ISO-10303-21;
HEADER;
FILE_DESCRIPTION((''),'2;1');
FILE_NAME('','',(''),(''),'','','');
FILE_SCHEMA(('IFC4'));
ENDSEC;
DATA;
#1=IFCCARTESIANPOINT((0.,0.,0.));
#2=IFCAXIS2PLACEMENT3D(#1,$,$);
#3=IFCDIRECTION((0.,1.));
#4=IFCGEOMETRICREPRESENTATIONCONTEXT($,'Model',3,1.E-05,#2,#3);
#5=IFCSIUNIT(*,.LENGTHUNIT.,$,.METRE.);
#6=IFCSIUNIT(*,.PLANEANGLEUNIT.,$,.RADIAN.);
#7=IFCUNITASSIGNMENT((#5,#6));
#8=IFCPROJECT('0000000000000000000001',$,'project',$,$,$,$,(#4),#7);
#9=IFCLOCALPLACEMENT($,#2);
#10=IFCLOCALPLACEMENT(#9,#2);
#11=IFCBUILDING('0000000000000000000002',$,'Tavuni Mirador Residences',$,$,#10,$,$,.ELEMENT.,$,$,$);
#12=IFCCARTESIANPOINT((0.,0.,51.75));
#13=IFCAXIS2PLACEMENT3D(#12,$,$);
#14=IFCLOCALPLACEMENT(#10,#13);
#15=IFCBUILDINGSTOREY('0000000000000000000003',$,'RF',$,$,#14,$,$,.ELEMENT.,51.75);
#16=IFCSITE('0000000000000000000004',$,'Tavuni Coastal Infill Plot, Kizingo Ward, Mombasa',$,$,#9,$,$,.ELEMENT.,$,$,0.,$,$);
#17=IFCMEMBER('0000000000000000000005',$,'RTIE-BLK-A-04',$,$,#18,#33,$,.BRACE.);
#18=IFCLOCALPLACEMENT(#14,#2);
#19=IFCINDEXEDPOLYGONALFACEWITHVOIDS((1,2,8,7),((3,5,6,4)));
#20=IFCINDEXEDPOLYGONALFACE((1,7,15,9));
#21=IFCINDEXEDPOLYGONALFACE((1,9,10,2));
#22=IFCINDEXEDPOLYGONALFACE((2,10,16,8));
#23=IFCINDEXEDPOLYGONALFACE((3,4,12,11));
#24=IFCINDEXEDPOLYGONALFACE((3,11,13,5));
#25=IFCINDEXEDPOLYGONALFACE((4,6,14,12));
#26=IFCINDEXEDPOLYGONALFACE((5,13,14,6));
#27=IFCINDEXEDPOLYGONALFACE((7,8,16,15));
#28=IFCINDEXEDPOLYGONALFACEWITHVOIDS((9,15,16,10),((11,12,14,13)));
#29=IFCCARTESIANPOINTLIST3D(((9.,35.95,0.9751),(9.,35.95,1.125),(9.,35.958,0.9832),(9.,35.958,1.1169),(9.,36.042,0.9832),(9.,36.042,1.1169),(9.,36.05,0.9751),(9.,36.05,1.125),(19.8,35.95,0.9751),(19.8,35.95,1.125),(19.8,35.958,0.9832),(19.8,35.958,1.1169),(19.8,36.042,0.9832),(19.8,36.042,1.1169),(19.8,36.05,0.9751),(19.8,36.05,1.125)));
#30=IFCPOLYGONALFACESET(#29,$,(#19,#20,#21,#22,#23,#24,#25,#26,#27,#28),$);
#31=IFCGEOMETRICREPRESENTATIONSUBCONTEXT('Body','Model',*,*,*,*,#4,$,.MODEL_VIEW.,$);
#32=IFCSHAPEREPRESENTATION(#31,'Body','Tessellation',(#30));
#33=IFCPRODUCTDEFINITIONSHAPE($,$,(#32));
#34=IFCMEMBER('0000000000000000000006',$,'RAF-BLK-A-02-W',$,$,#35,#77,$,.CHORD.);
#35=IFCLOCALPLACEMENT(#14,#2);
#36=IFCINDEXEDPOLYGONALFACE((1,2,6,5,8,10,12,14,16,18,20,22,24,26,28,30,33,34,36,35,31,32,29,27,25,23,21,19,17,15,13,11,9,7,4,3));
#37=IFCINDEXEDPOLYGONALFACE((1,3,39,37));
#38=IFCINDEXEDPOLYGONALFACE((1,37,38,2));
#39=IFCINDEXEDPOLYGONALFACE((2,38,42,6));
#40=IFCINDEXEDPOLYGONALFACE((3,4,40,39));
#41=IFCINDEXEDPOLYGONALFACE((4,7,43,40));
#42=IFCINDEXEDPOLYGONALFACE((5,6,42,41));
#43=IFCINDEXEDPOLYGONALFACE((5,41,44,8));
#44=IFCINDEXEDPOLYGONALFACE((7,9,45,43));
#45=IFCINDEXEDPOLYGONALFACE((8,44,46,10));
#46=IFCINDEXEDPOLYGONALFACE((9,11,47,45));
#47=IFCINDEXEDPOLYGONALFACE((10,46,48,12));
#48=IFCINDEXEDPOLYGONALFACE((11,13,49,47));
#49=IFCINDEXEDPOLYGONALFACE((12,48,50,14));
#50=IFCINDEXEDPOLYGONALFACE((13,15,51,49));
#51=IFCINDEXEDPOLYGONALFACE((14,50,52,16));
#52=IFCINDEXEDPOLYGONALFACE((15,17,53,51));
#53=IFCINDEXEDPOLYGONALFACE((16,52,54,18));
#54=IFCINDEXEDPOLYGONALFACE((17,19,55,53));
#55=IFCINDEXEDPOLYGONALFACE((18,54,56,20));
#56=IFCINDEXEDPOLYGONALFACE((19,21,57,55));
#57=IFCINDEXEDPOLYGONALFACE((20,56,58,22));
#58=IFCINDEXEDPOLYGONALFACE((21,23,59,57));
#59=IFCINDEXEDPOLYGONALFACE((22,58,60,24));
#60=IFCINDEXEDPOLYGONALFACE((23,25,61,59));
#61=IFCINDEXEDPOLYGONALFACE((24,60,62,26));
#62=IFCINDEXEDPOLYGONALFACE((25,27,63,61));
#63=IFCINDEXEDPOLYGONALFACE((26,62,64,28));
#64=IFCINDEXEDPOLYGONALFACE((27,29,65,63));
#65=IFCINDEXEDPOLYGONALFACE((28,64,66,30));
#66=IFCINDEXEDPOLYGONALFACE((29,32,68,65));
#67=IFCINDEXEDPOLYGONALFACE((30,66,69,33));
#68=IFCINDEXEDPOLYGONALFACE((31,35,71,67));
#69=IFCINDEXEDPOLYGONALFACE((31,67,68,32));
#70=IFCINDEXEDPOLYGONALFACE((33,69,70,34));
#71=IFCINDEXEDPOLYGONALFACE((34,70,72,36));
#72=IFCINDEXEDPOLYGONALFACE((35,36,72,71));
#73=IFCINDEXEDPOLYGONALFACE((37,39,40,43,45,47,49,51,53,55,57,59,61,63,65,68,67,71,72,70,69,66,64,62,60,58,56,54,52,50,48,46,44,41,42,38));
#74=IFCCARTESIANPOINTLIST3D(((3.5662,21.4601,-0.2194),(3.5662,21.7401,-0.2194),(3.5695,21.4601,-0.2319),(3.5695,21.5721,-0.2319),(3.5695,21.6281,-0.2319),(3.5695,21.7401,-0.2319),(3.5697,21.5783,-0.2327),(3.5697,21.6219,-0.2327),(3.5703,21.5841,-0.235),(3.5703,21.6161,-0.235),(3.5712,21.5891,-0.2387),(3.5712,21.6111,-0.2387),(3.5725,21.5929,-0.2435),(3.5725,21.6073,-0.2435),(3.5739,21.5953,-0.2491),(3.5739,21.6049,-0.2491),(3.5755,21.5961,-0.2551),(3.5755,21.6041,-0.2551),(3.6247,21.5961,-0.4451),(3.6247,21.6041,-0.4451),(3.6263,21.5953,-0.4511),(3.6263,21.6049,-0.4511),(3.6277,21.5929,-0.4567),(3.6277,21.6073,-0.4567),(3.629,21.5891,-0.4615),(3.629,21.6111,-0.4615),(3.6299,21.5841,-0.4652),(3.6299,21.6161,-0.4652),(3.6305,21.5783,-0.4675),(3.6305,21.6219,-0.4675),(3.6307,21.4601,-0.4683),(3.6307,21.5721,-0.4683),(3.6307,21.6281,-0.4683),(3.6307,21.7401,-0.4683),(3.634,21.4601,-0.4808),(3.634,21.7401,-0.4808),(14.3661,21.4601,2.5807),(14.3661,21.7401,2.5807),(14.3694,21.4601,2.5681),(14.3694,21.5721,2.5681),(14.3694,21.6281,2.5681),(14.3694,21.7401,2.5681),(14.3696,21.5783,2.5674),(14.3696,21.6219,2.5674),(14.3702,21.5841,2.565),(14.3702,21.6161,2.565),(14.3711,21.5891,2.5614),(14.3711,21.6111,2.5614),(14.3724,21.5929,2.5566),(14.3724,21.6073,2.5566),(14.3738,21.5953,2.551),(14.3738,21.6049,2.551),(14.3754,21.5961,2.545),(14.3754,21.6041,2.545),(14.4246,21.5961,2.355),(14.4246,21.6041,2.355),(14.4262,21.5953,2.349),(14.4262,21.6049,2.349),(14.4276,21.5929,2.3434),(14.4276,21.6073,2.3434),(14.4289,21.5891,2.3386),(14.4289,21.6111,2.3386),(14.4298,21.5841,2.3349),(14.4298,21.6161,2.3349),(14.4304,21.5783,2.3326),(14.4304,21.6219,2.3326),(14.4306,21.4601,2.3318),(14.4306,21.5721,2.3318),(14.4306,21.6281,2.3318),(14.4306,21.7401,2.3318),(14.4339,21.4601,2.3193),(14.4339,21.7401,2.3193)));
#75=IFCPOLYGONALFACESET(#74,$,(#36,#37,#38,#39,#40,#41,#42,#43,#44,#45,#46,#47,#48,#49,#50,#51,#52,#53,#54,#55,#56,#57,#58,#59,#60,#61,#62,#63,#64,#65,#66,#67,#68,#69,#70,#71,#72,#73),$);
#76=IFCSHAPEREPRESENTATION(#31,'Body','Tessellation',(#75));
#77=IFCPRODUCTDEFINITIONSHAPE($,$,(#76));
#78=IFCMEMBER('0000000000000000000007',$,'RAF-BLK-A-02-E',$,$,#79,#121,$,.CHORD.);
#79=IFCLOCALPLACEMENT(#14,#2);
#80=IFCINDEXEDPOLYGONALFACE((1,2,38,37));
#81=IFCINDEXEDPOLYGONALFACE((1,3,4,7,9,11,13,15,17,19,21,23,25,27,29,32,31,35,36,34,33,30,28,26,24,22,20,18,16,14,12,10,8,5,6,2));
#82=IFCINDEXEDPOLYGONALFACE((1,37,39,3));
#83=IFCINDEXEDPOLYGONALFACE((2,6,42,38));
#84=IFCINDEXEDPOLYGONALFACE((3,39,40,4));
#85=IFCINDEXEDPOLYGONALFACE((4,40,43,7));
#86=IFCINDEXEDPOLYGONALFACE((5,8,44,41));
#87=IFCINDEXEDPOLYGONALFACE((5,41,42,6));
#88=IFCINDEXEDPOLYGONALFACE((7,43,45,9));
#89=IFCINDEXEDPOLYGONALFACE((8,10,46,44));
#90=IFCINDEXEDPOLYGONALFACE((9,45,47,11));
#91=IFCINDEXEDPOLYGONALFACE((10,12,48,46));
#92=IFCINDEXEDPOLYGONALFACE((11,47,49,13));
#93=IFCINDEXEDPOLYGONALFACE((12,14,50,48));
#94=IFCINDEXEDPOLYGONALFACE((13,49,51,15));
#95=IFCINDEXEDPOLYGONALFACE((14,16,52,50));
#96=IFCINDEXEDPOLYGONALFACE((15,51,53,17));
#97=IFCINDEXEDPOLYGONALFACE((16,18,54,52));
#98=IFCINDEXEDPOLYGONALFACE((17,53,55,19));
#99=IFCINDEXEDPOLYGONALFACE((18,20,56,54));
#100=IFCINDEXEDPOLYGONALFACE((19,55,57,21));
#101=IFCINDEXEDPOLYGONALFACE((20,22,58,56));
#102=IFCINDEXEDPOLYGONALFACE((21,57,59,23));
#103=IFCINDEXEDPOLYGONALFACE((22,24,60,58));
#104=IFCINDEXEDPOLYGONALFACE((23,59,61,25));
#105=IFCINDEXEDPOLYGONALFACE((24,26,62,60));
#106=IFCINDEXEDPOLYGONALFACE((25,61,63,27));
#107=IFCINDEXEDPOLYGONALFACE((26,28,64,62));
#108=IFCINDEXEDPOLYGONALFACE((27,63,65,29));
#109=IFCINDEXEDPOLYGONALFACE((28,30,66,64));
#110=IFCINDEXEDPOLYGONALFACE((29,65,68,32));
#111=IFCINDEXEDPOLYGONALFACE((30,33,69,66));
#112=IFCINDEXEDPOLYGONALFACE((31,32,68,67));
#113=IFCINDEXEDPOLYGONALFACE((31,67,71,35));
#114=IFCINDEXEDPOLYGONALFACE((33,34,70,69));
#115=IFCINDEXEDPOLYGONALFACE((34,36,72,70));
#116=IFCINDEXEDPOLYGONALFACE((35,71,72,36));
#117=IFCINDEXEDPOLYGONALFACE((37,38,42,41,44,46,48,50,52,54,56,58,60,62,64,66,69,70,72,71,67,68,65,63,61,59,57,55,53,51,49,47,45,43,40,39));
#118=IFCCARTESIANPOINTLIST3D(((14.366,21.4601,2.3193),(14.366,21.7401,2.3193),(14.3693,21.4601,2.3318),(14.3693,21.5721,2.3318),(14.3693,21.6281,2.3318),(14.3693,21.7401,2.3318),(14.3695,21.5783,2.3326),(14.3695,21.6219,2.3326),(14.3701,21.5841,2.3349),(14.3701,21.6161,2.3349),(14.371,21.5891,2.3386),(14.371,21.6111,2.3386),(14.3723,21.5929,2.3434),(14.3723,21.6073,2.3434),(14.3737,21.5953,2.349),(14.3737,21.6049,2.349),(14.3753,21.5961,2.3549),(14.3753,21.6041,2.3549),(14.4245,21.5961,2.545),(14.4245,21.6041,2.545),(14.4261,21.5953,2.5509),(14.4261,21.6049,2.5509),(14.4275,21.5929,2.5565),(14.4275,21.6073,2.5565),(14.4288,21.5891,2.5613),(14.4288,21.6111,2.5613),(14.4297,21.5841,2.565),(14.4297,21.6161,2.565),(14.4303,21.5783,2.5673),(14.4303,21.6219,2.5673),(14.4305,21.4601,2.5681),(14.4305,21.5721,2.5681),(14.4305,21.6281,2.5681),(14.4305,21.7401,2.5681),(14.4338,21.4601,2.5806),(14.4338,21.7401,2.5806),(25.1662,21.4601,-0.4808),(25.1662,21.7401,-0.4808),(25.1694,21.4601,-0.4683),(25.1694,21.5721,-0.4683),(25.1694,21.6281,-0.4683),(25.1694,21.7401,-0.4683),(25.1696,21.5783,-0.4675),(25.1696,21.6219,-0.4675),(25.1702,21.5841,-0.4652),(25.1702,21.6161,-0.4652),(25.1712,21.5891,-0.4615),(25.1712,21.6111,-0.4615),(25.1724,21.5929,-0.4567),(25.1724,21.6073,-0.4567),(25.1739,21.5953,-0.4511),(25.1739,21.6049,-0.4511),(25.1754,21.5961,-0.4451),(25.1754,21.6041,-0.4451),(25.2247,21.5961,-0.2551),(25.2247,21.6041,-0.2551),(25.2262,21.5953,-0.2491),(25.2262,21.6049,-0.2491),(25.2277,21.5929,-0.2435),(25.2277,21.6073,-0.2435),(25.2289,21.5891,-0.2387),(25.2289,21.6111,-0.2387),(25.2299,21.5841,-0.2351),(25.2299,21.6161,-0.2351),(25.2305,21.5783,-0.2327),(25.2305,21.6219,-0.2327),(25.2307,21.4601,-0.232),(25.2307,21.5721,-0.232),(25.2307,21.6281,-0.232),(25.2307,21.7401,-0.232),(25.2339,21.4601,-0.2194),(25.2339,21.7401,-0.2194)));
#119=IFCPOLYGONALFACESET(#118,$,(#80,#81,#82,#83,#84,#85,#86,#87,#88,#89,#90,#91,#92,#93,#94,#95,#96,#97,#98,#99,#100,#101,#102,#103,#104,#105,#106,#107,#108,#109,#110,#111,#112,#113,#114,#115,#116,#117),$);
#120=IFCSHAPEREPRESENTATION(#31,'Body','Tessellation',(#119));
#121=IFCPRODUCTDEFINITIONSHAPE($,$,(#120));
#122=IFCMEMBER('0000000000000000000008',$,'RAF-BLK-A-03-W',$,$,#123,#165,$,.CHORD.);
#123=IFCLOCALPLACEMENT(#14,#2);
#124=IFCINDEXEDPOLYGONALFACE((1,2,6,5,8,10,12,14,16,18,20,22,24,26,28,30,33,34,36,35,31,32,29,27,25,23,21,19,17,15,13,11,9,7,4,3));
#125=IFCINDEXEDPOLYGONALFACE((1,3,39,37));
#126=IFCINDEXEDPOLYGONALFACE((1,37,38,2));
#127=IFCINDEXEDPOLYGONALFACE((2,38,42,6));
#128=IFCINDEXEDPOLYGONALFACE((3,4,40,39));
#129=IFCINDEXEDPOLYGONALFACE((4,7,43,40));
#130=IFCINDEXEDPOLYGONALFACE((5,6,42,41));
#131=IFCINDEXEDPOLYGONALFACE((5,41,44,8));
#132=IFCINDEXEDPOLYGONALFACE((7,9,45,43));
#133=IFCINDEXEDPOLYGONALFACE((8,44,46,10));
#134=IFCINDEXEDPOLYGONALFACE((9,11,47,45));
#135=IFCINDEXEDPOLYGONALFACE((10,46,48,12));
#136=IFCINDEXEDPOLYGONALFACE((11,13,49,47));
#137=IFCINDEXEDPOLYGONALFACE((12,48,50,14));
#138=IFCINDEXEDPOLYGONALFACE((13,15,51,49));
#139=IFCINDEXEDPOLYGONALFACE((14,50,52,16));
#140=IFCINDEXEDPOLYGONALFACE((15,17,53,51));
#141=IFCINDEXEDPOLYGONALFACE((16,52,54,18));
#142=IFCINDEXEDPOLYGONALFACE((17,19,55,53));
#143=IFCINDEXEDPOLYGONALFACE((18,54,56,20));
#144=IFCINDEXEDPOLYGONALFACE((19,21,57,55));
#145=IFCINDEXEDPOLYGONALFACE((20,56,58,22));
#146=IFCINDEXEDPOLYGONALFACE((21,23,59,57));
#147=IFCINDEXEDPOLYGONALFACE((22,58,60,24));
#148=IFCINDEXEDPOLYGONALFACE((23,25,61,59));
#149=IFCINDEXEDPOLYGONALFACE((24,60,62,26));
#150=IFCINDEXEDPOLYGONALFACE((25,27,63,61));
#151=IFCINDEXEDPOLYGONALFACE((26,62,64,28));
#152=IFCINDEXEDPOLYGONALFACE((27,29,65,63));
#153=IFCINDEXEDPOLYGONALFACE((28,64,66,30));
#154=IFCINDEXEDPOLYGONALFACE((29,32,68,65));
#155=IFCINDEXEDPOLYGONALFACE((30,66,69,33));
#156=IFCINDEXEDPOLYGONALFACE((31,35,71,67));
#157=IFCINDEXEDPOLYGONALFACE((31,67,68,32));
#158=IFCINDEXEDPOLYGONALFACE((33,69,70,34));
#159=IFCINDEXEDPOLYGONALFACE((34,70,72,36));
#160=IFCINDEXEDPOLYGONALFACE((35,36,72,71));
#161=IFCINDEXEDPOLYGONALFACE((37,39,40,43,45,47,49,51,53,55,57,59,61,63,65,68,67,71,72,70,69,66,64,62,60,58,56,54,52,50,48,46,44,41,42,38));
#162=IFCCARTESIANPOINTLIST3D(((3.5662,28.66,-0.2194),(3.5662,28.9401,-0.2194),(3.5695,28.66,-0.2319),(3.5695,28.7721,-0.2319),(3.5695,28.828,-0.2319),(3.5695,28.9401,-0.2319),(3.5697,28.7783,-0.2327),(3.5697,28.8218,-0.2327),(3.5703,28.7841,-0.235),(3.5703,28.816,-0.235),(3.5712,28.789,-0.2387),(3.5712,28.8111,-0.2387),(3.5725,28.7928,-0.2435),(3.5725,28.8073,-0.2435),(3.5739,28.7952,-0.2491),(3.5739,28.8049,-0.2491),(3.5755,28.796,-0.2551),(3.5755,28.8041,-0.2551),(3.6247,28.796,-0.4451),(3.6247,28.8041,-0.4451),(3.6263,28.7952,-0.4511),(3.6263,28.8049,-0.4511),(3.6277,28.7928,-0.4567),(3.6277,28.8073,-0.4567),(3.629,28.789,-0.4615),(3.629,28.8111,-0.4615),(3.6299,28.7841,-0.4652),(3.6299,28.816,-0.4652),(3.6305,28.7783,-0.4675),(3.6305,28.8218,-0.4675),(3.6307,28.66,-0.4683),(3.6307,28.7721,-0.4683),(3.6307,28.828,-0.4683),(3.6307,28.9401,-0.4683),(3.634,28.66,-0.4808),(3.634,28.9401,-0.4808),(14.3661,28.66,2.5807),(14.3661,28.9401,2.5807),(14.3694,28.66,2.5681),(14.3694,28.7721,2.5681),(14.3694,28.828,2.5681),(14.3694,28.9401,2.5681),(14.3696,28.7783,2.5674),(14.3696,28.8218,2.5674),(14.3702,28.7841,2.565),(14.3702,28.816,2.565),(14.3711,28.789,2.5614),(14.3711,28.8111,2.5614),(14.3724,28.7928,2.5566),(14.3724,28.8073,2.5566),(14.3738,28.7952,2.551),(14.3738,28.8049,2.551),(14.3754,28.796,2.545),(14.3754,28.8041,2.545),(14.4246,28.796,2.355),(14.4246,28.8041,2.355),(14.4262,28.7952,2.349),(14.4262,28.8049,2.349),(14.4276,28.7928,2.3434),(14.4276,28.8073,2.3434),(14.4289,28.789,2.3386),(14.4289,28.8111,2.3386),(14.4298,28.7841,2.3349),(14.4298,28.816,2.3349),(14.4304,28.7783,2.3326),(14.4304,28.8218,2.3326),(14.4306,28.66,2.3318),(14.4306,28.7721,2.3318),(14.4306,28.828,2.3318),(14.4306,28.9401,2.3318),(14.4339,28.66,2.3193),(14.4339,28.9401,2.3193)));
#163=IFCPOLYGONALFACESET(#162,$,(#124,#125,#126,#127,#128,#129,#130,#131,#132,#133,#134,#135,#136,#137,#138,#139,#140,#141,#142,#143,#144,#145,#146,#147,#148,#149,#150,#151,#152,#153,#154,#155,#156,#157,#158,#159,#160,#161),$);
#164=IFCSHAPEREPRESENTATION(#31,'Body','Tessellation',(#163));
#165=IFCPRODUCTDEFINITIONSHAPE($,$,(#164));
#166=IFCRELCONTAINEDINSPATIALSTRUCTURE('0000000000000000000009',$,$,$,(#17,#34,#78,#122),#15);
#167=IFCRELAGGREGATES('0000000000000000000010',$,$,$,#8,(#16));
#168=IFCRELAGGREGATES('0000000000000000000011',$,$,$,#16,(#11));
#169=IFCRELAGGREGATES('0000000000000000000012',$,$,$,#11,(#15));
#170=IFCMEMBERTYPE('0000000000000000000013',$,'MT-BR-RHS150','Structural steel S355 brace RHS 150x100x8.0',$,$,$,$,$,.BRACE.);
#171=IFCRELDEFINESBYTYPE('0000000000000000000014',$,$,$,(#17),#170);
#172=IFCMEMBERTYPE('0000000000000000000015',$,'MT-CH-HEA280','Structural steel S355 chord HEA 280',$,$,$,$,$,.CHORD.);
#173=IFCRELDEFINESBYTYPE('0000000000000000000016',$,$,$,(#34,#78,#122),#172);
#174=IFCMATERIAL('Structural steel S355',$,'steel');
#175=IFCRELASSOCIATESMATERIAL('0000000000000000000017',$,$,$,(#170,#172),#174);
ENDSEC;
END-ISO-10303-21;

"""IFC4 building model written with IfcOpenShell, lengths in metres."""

from ifc_helpers import new_model, si_unit, direction, frame, origin, origin_2d, place, context, subcontext, project, spatial, hollow_rectangle, i_section, extrude, material, material_profile, profile_set, type_object, element, save


model = new_model("IFC4")

# Units and contexts
model_context = context("Model", 3, precision=1e-05, world=origin(), true_north=direction((0.0, 1.0)))
body_context = subcontext(model_context, "Body", "Model", "MODEL_VIEW")
ifc_project = project(units=[si_unit("LENGTHUNIT", "METRE"), si_unit("PLANEANGLEUNIT", "RADIAN")], contexts=[model_context])

# Site, building, storey
site_placement = place(None, origin())
site = spatial("IfcSite", under=ifc_project, at=site_placement, Name="Tavuni Coastal Infill Plot, Kizingo Ward, Mombasa", CompositionType="ELEMENT", RefElevation=0.0)
building_placement = place(site_placement, origin())
building = spatial("IfcBuilding", under=site, at=building_placement, Name="Tavuni Mirador Residences", CompositionType="ELEMENT")
storey_placement = place(building_placement, frame((0.0, 0.0, 51.75)))
storey = spatial("IfcBuildingStorey", under=building, at=storey_placement, Name="RF", CompositionType="ELEMENT", Elevation=51.75)

# Members
ifc_material_1 = material(Name="Structural steel S355", Category="steel")
ifc_material_profile_1 = material_profile(ifc_material_1, hollow_rectangle(XDim=0.1001, YDim=0.1499, WallThickness=0.0081, at=origin_2d()), Name="RHS 150x100x8.0", Category="steel")
ifc_profile_set_1 = profile_set([ifc_material_profile_1], Name="Structural steel S355")
member_type_1 = type_object("IfcMemberType", Name="MT-BR-RHS150", Description="Structural steel S355 brace RHS 150x100x8.0", PredefinedType="BRACE", material=ifc_profile_set_1)
for number, where, z_axis, x_axis, name in (
    (1, (9.0, 36.0, 1.05), (1.0, 0.0, 0.0), (0.0, 1.0, 0.0), "RTIE-BLK-A-04"),
):
    element("IfcMember", number, at=place(storey_placement, frame(where, z_axis=z_axis, x_axis=x_axis)), inside=storey, type_object=member_type_1, Name=name, PredefinedType="BRACE", context=body_context, shape_type="SweptSolid", body=[
        extrude(hollow_rectangle(XDim=0.1001, YDim=0.1499, WallThickness=0.0081, at=origin_2d()), origin(), (0.0, 0.0, 1.0), 10.8),
    ])
ifc_material_profile_2 = material_profile(ifc_material_1, i_section(OverallWidth=0.28, OverallDepth=0.27, WebThickness=0.0081, FlangeThickness=0.0129, FilletRadius=0.0239, at=origin_2d()), Name="HEA 280", Category="steel")
ifc_profile_set_2 = profile_set([ifc_material_profile_2], Name="Structural steel S355")
member_type_2 = type_object("IfcMemberType", Name="MT-CH-HEA280", Description="Structural steel S355 chord HEA 280", PredefinedType="CHORD", material=ifc_profile_set_2)
member_1_placement = place(storey_placement, frame((3.6001, 21.6001, -0.3501), z_axis=(0.967995, 0.0, 0.250971), x_axis=(0.0, 1.0, 0.0)))
element("IfcMember", 2, at=member_1_placement, inside=storey, type_object=member_type_2, Name="RAF-BLK-A-02-W", PredefinedType="CHORD", context=body_context, shape_type="SweptSolid", body=[
    extrude(i_section(OverallWidth=0.28, OverallDepth=0.27, WebThickness=0.0081, FlangeThickness=0.0129, FilletRadius=0.0239, at=origin_2d()), origin(), (0.0, 0.0, 1.0), 11.157),
])
member_2_placement = place(storey_placement, frame((14.3999, 21.6001, 2.45), z_axis=(0.967996, 0.0, -0.250965), x_axis=(0.0, 1.0, 0.0)))
element("IfcMember", 3, at=member_2_placement, inside=storey, type_object=member_type_2, Name="RAF-BLK-A-02-E", PredefinedType="CHORD", context=body_context, shape_type="SweptSolid", body=[
    extrude(i_section(OverallWidth=0.28, OverallDepth=0.27, WebThickness=0.0081, FlangeThickness=0.0129, FilletRadius=0.0239, at=origin_2d()), origin(), (0.0, 0.0, 1.0), 11.1572),
])
member_3_placement = place(storey_placement, frame((3.6001, 28.8, -0.3501), z_axis=(0.967995, 0.0, 0.250971), x_axis=(0.0, 1.0, 0.0)))
element("IfcMember", 4, at=member_3_placement, inside=storey, type_object=member_type_2, Name="RAF-BLK-A-03-W", PredefinedType="CHORD", context=body_context, shape_type="SweptSolid", body=[
    extrude(i_section(OverallWidth=0.28, OverallDepth=0.27, WebThickness=0.0081, FlangeThickness=0.0129, FilletRadius=0.0239, at=origin_2d()), origin(), (0.0, 0.0, 1.0), 11.157),
])

save(model, "model.ifc")
